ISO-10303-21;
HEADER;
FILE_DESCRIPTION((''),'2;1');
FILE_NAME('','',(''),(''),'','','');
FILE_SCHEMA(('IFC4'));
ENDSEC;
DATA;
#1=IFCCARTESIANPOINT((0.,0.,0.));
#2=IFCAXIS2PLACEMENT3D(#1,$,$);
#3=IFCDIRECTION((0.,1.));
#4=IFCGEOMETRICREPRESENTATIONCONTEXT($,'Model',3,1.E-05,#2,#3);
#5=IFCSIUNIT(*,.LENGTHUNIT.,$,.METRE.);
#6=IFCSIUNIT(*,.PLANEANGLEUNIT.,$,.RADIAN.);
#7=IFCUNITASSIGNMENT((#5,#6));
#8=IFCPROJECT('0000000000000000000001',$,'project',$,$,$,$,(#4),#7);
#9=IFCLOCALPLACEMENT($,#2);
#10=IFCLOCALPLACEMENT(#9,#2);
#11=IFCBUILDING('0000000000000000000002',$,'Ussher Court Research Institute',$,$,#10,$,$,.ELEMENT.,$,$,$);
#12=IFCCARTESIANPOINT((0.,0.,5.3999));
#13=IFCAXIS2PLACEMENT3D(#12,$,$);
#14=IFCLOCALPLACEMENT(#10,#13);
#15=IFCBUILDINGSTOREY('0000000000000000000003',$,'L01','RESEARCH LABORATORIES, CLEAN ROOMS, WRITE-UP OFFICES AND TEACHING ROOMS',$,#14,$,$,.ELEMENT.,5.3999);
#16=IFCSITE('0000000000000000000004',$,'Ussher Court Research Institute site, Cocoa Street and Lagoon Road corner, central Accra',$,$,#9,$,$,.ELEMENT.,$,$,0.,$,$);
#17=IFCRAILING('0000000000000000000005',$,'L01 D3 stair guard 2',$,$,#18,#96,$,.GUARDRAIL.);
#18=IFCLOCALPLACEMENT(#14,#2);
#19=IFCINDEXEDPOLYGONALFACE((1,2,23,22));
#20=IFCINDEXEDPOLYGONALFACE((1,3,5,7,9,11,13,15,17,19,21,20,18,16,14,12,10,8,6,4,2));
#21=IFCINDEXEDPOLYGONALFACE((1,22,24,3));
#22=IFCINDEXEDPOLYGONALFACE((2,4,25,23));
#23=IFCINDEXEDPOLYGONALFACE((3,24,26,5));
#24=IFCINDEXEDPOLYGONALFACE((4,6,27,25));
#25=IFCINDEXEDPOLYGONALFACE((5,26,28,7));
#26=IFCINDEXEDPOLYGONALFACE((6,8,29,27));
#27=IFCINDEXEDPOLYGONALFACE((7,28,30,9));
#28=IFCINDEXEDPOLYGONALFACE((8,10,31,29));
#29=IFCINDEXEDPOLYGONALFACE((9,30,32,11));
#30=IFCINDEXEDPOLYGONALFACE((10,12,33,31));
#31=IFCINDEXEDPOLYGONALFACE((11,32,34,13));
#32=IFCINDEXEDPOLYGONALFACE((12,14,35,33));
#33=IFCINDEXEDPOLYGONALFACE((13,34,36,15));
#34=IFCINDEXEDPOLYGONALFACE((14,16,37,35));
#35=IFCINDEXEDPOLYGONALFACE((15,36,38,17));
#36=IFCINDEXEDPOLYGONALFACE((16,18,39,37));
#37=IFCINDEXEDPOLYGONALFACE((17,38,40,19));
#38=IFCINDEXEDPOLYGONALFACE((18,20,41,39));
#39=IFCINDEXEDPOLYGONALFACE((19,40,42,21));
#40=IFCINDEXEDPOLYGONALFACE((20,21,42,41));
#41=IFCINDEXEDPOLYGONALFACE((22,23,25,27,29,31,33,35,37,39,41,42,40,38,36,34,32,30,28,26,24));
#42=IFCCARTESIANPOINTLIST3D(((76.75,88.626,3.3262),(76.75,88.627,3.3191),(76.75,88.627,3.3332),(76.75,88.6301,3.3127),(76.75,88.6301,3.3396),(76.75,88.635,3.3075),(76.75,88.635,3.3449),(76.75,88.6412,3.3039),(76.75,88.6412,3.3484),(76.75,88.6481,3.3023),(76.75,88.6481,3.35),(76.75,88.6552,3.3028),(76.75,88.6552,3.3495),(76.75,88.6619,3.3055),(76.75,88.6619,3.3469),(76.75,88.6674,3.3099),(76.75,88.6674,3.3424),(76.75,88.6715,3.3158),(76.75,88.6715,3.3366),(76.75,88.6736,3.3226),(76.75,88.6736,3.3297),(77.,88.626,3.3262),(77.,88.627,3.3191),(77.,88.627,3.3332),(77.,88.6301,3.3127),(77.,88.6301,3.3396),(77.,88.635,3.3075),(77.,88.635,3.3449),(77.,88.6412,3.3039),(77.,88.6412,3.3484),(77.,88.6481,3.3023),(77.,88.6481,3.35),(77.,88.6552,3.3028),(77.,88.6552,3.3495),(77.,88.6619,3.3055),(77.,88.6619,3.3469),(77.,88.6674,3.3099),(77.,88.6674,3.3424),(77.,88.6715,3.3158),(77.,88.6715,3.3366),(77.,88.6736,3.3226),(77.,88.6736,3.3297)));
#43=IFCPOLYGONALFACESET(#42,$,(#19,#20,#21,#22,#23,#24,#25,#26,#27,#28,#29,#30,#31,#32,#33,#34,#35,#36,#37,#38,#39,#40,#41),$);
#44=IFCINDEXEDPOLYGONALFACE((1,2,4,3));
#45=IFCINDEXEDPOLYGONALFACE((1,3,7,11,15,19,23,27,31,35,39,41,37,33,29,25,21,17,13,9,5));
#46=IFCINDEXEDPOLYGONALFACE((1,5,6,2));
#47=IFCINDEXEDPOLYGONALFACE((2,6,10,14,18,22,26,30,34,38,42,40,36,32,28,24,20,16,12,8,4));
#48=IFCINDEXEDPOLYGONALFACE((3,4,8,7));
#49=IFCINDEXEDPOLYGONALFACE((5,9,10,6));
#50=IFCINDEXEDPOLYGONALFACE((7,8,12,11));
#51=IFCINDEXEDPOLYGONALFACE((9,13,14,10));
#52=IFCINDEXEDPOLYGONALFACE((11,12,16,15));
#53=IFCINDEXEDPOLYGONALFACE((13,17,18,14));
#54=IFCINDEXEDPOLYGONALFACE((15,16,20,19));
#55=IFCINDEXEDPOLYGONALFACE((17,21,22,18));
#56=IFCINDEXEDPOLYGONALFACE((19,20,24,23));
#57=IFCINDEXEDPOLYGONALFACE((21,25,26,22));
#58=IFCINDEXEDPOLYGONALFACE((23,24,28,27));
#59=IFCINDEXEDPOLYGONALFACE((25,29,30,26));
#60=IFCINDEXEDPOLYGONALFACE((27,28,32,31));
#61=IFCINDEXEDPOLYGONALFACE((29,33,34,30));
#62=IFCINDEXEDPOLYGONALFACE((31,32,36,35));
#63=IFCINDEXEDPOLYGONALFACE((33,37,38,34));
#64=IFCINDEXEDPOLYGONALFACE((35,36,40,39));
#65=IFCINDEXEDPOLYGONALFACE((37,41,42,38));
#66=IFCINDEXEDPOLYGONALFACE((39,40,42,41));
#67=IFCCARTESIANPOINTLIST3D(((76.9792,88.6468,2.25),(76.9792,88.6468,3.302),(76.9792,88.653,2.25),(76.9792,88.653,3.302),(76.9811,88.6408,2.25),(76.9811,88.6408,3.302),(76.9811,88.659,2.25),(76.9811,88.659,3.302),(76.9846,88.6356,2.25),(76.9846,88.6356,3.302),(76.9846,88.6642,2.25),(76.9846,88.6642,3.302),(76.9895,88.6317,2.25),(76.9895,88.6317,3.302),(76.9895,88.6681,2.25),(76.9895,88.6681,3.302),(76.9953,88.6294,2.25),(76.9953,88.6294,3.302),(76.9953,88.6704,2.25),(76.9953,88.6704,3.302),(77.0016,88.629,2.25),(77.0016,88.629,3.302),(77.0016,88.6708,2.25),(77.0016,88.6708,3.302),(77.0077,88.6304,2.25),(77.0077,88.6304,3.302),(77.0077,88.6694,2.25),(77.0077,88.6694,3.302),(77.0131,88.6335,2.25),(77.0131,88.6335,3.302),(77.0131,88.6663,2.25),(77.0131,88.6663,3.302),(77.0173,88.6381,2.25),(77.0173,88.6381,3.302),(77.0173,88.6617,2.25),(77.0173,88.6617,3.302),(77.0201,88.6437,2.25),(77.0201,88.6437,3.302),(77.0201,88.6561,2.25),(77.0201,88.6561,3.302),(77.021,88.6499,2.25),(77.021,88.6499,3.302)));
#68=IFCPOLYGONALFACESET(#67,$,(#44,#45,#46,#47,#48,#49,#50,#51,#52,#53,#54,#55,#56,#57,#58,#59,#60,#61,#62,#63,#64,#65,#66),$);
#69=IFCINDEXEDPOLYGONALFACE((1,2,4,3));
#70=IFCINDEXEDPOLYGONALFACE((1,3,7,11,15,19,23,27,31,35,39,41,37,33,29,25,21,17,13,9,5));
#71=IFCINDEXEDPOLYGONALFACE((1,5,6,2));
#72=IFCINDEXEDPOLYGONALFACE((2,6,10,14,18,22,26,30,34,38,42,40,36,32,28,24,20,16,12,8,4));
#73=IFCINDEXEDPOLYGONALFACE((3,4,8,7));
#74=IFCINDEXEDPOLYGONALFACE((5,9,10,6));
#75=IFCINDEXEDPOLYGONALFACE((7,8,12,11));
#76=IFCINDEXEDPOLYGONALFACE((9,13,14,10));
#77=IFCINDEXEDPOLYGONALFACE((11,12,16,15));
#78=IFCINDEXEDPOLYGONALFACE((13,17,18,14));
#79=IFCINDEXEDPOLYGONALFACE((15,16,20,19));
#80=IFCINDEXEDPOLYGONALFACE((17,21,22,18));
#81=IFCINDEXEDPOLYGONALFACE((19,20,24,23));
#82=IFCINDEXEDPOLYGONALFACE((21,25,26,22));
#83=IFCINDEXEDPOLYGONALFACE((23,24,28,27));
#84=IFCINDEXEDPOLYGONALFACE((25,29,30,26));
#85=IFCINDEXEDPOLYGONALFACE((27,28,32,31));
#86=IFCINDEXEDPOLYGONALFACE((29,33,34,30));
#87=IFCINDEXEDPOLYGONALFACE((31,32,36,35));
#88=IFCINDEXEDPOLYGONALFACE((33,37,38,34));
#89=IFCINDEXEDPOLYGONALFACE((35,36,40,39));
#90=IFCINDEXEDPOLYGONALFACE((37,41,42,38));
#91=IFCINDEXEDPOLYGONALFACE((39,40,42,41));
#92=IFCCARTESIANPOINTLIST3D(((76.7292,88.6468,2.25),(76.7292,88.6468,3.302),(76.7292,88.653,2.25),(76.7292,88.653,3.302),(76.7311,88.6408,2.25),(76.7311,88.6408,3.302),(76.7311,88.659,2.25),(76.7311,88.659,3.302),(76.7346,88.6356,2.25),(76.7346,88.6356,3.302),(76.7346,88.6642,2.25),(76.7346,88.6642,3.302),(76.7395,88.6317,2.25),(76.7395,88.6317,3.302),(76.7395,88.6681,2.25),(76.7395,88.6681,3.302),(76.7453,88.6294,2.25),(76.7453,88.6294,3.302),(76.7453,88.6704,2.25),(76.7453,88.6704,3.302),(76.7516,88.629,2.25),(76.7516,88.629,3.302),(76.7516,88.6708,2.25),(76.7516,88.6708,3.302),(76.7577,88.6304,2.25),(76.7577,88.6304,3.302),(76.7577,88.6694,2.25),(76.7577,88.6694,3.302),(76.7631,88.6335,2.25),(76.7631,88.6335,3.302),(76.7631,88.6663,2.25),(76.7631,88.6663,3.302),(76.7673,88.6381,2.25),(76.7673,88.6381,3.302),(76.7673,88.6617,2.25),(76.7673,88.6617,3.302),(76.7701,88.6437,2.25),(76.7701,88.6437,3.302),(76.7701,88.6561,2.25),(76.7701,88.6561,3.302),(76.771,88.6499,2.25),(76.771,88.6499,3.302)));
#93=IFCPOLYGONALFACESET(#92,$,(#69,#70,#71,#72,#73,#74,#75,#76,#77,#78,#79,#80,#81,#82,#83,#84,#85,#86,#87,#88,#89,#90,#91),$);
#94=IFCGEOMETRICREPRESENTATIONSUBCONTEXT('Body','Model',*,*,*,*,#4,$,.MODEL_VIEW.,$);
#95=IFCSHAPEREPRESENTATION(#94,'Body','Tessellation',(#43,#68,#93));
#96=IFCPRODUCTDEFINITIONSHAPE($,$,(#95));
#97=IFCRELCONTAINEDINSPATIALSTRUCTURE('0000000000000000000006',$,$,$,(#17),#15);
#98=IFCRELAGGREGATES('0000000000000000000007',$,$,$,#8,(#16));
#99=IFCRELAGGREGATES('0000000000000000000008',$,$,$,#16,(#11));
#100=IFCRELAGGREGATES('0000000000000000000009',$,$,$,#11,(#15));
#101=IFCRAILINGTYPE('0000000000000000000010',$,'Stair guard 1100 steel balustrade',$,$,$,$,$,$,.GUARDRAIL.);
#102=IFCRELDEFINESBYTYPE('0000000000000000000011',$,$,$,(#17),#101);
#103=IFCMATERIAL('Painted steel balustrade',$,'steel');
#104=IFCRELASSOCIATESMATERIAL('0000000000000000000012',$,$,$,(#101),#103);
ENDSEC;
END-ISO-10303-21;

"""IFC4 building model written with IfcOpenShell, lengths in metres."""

from ifc_helpers import new_model, si_unit, direction, frame, origin, origin_2d, place, context, subcontext, project, spatial, circle, extrude, material, type_object, element, save


model = new_model("IFC4")

# Units and contexts
model_context = context("Model", 3, precision=1e-05, world=origin(), true_north=direction((0.0, 1.0)))
body_context = subcontext(model_context, "Body", "Model", "MODEL_VIEW")
ifc_project = project(units=[si_unit("LENGTHUNIT", "METRE"), si_unit("PLANEANGLEUNIT", "RADIAN")], contexts=[model_context])

# Site, building, storey
site_placement = place(None, origin())
site = spatial("IfcSite", under=ifc_project, at=site_placement, Name="Ussher Court Research Institute site, Cocoa Street and Lagoon Road corner, central Accra", CompositionType="ELEMENT", RefElevation=0.0)
building_placement = place(site_placement, origin())
building = spatial("IfcBuilding", under=site, at=building_placement, Name="Ussher Court Research Institute", CompositionType="ELEMENT")
storey_placement = place(building_placement, frame((0.0, 0.0, 5.3999)))
storey = spatial("IfcBuildingStorey", under=building, at=storey_placement, Name="L01", Description="RESEARCH LABORATORIES, CLEAN ROOMS, WRITE-UP OFFICES AND TEACHING ROOMS", CompositionType="ELEMENT", Elevation=5.3999)

# Railing
ifc_material_1 = material(Name="Painted steel balustrade", Category="steel")
railing_type_1 = type_object("IfcRailingType", Name="Stair guard 1100 steel balustrade", PredefinedType="GUARDRAIL", material=ifc_material_1)
railing_1_placement = place(storey_placement, frame((77.0, 88.6499, 2.25)))
element("IfcRailing", 1, at=railing_1_placement, inside=storey, type_object=railing_type_1, Name="L01 D3 stair guard 2", PredefinedType="GUARDRAIL", context=body_context, shape_type="SweptSolid", body=[
    extrude(circle(Radius=0.0239, at=origin_2d()), frame((0.0, 0.0, 1.0762), z_axis=(-1.0, 0.0, 0.0), x_axis=(0.0, -1.0, 0.0)), (0.0, 0.0, 1.0), 0.25),
    extrude(circle(Radius=0.021, at=origin_2d()), origin(), (0.0, 0.0, 1.0), 1.052),
    extrude(circle(Radius=0.021, at=origin_2d()), frame((-0.25, 0.0, 0.0)), (0.0, 0.0, 1.0), 1.052),
])

save(model, "model.ifc")
